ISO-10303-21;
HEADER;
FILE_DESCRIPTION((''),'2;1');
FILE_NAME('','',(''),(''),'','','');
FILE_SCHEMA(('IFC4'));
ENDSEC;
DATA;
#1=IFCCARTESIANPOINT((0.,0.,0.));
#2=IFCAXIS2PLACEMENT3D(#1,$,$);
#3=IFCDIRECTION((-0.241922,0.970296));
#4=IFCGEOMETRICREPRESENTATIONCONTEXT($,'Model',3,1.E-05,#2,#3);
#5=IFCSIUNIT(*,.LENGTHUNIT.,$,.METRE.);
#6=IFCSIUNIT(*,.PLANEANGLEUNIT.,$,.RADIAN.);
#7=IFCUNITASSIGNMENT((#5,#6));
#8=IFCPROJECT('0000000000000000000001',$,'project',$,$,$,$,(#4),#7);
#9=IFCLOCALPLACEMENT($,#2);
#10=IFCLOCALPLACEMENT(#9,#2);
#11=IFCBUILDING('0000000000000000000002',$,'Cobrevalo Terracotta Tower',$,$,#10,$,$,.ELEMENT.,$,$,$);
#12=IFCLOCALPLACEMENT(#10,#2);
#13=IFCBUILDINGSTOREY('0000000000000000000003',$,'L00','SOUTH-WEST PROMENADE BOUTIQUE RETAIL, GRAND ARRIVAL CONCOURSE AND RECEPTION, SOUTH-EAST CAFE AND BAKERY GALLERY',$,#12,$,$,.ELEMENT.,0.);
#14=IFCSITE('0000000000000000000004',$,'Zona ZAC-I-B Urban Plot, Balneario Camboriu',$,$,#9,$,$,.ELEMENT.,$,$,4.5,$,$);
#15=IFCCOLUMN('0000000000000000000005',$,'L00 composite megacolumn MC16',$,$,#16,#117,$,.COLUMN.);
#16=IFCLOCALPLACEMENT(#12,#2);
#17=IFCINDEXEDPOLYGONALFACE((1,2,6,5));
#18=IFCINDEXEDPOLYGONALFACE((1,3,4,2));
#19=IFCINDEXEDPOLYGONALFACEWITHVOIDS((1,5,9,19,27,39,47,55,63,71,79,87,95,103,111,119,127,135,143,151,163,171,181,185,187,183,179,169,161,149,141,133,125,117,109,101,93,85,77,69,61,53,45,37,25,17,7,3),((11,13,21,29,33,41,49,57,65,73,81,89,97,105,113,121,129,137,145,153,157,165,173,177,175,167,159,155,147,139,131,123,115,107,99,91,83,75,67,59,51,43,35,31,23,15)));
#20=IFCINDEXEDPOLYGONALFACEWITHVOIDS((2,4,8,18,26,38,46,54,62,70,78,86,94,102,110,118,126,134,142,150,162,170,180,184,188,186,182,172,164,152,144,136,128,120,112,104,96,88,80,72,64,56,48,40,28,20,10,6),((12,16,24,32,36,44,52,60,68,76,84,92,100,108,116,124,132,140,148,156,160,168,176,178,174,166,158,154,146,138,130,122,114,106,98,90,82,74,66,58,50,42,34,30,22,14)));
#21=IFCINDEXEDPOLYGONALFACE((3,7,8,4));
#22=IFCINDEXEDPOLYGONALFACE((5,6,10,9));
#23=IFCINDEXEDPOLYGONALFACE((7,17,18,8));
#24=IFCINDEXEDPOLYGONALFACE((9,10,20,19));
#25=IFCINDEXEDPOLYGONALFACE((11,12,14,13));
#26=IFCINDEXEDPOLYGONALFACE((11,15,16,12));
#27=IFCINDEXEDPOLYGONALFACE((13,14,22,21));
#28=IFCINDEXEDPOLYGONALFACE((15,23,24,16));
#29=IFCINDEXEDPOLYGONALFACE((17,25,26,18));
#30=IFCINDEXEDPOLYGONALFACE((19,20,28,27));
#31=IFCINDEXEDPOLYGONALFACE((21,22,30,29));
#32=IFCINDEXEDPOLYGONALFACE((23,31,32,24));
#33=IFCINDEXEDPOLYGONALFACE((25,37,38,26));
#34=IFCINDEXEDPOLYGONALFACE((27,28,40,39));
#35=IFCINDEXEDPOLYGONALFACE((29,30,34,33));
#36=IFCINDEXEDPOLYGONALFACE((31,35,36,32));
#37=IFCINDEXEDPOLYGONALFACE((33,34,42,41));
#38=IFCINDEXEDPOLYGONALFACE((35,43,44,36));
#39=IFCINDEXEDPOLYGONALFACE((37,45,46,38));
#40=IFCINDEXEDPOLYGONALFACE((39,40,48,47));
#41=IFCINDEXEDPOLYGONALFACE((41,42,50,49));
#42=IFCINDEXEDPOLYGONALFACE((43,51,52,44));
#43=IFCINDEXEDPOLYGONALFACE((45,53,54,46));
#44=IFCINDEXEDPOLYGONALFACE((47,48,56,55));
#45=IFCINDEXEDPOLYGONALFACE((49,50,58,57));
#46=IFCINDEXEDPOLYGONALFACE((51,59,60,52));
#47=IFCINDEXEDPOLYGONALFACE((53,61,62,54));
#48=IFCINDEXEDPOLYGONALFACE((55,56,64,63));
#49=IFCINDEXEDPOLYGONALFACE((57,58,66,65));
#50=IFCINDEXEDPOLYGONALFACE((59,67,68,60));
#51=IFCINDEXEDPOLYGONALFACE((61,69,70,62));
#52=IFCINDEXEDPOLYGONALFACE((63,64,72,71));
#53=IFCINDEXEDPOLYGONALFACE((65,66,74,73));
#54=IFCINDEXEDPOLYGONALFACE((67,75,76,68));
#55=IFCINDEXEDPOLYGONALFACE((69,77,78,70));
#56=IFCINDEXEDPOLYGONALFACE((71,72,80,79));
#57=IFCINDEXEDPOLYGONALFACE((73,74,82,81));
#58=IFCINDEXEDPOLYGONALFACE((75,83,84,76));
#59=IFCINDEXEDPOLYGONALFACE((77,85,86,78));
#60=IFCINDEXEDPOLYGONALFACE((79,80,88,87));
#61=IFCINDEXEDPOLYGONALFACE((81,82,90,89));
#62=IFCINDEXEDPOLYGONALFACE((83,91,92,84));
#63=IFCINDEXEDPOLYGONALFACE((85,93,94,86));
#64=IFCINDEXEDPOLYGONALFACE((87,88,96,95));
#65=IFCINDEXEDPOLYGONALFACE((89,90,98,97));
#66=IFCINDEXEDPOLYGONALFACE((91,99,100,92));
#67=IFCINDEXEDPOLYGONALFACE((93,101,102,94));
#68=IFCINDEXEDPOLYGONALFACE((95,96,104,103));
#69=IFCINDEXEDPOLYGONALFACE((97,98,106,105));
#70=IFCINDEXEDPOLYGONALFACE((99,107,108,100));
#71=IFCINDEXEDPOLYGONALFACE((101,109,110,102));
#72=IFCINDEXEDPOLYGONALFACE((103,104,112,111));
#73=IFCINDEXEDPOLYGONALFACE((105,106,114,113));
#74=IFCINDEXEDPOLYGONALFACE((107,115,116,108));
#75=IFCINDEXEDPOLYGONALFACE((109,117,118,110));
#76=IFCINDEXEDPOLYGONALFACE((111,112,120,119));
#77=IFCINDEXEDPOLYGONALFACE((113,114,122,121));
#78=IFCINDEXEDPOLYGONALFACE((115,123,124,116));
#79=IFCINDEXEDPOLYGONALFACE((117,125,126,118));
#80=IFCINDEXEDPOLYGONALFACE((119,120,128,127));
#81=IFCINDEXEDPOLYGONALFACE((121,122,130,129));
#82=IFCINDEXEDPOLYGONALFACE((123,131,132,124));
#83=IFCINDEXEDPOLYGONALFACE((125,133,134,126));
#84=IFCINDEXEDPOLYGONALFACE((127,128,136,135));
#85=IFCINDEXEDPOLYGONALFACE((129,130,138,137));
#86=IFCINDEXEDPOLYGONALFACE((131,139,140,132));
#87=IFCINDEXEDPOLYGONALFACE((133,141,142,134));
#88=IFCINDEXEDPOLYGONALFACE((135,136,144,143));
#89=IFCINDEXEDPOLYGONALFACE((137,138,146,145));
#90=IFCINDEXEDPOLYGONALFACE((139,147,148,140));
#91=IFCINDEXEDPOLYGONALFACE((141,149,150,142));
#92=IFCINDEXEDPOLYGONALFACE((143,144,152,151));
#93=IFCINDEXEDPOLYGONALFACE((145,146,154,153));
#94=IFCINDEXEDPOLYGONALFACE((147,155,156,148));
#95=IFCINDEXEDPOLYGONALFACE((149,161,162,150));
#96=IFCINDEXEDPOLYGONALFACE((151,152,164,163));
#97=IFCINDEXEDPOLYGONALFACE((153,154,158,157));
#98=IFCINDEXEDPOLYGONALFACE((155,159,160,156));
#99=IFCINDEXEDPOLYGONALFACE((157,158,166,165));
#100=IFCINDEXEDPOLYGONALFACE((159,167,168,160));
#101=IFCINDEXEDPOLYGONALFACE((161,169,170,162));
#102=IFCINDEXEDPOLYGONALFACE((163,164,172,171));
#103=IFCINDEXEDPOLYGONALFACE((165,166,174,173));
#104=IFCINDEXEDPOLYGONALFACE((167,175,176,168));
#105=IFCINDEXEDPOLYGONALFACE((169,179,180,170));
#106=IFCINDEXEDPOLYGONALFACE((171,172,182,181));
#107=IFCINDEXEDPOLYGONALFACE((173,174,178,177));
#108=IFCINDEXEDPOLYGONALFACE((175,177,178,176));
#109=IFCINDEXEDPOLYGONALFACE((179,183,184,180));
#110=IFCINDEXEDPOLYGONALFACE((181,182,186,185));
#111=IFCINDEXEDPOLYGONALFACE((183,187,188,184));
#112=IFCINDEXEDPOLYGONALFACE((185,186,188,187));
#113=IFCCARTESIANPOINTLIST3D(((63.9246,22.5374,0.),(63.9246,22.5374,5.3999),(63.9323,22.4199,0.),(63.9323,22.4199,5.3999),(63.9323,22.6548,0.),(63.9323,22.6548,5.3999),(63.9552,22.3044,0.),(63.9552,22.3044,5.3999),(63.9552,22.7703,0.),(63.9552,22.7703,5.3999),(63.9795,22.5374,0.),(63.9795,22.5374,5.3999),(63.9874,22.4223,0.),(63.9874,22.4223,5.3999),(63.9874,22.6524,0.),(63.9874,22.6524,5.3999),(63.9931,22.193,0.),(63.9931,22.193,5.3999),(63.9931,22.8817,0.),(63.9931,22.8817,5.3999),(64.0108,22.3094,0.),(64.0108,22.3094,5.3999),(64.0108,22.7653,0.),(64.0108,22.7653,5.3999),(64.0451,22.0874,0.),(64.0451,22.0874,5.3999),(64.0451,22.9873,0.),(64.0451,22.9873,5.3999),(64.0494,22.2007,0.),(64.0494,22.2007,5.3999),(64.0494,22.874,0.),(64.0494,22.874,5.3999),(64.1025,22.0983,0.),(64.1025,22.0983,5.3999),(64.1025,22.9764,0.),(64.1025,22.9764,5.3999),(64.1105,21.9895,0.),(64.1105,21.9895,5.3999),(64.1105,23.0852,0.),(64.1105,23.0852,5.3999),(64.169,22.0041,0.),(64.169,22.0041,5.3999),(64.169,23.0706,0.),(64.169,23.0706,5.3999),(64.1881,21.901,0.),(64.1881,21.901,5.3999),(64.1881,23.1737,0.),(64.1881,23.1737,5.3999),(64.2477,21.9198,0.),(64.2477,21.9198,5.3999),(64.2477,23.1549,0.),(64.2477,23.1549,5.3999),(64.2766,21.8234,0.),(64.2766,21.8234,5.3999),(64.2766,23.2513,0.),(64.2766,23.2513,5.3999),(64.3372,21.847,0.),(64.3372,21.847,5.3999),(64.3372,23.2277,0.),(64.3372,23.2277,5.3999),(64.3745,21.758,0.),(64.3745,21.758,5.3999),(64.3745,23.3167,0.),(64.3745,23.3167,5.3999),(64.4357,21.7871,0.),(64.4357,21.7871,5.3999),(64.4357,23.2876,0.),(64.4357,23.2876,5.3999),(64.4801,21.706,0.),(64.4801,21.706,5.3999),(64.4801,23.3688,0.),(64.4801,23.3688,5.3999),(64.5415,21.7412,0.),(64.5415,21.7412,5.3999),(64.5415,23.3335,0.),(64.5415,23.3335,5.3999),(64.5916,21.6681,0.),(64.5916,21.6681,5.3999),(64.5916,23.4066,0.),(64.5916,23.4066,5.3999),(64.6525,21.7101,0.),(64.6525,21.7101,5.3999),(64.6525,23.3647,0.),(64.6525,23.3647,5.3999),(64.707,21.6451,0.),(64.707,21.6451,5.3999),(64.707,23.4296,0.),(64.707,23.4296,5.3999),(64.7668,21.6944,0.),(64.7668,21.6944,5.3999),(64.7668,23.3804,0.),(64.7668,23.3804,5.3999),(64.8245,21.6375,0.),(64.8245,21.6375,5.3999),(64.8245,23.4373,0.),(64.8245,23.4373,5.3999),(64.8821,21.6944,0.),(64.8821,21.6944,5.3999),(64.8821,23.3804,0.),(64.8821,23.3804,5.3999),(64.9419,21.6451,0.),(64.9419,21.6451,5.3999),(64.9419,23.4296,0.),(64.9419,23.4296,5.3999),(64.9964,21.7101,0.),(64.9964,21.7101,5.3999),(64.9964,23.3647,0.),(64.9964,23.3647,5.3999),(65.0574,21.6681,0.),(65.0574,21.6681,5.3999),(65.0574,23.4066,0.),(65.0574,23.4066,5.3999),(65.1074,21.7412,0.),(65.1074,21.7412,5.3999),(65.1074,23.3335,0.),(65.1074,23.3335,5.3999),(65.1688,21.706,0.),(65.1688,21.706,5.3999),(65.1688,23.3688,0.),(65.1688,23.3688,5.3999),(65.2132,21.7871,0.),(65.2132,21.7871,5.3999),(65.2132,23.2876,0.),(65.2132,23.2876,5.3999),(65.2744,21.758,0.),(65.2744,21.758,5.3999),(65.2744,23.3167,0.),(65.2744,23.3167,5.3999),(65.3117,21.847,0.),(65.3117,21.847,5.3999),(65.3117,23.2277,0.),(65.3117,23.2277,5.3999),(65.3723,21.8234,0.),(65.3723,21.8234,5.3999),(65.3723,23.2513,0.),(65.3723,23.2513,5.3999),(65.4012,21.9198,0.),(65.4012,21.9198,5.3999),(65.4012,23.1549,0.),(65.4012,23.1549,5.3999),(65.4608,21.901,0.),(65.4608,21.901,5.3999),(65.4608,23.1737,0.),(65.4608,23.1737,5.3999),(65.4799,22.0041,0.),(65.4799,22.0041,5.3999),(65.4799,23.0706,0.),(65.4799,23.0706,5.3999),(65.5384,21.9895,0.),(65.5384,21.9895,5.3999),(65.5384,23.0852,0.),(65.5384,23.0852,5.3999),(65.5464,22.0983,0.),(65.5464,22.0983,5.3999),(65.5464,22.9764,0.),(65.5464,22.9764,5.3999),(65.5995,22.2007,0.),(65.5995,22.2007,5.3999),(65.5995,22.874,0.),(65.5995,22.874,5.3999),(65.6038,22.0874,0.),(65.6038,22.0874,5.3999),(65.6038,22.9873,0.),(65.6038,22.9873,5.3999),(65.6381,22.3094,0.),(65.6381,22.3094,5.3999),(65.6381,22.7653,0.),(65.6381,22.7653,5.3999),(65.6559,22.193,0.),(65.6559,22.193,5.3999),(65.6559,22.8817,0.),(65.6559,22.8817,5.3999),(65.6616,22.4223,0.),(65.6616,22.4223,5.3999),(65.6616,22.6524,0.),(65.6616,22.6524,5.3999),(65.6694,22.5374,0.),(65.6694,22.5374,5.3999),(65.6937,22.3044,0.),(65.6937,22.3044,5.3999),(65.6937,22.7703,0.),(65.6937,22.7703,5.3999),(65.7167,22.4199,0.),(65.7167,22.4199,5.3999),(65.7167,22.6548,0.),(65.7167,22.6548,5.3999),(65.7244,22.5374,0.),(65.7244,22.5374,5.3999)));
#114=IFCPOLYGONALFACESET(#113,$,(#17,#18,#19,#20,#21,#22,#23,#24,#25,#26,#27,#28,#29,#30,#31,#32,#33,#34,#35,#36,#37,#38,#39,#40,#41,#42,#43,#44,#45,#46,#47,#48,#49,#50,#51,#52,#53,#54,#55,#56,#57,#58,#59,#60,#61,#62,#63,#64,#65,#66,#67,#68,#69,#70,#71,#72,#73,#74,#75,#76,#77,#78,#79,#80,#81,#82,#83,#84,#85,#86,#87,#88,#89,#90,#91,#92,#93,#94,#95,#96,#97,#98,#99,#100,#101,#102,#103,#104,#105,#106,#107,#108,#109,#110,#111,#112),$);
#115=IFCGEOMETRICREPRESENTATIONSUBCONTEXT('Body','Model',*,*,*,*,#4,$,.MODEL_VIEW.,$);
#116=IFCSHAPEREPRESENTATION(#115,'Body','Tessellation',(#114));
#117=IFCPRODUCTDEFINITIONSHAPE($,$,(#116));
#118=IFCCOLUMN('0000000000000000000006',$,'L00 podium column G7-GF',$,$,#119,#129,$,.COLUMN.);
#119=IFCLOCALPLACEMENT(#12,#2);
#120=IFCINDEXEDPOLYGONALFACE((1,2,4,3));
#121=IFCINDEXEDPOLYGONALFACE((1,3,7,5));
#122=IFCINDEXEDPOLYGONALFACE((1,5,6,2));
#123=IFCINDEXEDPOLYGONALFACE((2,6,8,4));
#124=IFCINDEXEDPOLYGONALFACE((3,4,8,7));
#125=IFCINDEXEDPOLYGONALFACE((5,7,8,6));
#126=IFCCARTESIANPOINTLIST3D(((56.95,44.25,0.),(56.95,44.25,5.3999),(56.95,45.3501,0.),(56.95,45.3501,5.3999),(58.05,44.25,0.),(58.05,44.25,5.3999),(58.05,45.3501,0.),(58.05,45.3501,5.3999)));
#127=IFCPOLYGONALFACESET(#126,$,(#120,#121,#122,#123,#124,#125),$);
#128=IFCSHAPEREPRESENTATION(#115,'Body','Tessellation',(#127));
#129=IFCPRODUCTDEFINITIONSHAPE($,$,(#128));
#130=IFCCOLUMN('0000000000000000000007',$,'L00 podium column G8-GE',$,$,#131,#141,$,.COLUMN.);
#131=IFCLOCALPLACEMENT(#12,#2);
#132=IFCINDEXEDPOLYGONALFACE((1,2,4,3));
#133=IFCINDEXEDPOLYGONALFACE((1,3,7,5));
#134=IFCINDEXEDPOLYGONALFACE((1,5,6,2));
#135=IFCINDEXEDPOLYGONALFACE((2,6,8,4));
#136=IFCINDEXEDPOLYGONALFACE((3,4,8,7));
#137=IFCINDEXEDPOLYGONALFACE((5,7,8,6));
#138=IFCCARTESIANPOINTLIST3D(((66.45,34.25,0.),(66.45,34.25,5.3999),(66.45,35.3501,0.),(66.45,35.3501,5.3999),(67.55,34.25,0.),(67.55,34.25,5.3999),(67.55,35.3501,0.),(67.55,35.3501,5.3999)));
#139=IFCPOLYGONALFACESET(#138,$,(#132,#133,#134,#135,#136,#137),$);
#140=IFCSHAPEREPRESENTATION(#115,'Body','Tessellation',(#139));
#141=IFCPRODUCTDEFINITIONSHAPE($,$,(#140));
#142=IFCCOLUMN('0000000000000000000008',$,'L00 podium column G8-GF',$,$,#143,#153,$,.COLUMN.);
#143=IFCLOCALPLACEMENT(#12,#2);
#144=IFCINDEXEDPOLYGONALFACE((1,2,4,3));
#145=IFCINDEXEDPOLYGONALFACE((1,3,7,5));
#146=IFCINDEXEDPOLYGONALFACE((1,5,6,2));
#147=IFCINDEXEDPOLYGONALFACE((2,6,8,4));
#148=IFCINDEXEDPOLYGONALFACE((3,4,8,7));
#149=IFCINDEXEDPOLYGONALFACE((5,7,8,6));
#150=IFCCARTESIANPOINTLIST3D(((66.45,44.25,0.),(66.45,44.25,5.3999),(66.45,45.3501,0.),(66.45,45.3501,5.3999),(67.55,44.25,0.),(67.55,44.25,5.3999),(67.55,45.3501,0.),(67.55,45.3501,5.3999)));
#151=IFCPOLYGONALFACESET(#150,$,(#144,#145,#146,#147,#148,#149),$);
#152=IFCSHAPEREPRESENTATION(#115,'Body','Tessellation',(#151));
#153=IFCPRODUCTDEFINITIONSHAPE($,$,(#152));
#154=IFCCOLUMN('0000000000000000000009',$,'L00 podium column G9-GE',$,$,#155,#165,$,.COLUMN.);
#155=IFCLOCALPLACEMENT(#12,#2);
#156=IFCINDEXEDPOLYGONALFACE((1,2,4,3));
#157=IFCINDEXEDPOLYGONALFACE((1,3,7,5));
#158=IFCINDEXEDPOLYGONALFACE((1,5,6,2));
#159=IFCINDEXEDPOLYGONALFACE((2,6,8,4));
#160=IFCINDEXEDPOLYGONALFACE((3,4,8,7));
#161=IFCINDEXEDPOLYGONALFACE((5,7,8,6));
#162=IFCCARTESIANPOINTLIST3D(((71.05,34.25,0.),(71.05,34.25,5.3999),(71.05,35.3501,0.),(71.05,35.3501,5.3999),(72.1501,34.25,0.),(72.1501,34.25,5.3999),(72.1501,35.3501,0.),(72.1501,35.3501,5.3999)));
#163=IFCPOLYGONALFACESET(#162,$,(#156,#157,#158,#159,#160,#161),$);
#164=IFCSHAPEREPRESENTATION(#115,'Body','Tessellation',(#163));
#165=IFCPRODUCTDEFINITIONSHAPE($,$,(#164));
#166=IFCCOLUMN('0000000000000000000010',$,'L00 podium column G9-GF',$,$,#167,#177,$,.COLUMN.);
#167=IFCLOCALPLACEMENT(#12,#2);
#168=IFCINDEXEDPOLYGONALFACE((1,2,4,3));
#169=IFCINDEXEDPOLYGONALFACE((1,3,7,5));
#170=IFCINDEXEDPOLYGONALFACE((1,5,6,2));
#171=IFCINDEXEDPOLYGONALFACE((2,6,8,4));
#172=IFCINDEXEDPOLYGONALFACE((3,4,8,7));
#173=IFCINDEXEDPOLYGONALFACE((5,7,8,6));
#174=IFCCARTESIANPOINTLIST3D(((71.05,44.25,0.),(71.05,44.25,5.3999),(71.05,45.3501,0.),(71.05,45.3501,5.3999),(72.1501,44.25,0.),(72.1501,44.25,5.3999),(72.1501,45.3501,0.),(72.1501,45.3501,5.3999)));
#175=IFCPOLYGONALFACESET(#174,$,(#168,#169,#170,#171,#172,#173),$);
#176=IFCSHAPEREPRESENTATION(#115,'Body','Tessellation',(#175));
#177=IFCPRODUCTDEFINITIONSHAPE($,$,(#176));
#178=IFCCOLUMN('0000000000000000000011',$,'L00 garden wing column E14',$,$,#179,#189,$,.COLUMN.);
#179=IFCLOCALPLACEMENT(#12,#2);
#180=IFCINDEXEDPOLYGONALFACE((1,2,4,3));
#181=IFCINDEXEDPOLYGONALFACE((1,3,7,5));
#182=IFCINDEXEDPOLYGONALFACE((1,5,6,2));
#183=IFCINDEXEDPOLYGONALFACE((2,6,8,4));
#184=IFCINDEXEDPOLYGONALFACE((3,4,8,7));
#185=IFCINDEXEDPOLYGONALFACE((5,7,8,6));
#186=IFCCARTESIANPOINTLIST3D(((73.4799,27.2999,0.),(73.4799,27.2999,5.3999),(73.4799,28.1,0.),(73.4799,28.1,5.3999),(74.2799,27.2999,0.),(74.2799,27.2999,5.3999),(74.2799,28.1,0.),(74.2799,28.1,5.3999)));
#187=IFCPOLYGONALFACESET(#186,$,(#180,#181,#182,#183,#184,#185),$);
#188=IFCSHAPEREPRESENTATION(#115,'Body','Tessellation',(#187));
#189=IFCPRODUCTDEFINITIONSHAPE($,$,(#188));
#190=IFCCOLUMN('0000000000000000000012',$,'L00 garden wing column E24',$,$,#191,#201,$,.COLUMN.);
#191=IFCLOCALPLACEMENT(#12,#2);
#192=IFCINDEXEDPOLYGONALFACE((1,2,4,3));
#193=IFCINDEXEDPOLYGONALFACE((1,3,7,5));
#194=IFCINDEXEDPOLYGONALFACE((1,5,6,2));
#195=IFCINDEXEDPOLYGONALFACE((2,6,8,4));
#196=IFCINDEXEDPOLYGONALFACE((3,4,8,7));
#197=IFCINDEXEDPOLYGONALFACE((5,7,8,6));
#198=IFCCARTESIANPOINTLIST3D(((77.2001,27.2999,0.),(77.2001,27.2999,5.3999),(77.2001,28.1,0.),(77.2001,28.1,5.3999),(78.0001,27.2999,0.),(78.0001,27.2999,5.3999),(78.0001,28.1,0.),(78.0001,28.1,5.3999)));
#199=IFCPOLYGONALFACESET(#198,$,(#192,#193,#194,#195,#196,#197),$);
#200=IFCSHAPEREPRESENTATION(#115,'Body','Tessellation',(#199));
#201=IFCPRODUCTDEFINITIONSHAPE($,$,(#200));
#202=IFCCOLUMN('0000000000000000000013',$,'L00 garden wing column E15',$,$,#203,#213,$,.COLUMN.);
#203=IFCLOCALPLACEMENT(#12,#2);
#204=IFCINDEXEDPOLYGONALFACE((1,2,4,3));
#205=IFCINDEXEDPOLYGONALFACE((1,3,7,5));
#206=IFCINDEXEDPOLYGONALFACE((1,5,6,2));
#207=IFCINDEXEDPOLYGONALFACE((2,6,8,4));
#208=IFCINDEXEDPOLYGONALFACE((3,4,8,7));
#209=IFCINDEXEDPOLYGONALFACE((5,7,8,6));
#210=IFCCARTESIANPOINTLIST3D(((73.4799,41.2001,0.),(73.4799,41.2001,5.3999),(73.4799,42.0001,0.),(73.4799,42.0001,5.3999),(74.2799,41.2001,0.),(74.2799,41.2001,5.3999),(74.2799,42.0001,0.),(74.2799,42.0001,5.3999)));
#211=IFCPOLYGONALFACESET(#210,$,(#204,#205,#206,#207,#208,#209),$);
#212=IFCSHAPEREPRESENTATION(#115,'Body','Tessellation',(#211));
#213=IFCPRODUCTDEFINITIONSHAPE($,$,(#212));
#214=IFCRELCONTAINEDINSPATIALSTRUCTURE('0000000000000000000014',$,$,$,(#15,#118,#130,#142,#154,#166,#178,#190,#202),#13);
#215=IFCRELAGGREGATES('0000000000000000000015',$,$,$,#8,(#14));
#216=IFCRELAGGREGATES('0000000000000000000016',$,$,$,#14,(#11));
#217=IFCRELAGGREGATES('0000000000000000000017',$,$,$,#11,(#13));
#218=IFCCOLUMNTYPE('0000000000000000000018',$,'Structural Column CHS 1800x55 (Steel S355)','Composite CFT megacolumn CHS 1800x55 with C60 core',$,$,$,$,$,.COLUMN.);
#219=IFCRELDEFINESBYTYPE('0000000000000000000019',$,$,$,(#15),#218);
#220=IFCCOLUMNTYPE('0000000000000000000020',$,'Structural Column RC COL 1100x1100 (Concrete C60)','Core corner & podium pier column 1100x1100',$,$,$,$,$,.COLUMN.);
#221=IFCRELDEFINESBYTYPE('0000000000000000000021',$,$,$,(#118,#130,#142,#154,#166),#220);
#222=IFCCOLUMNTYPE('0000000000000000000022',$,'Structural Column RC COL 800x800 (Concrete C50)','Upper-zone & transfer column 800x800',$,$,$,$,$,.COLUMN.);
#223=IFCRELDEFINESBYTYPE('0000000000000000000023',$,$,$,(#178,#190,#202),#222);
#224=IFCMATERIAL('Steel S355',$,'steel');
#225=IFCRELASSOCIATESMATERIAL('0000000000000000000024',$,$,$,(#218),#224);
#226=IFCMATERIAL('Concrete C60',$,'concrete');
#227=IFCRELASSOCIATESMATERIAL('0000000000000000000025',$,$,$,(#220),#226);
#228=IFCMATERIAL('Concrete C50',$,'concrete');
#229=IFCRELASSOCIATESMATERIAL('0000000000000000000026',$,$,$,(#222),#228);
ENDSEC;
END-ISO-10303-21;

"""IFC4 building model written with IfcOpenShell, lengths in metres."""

from ifc_helpers import new_model, si_unit, direction, frame, origin, origin_2d, place, context, subcontext, project, spatial, rectangle, hollow_circle, extrude, material, material_profile, profile_set, type_object, element, save


model = new_model("IFC4")

# Units and contexts
model_context = context("Model", 3, precision=1e-05, world=origin(), true_north=direction((-0.241922, 0.970296)))
body_context = subcontext(model_context, "Body", "Model", "MODEL_VIEW")
ifc_project = project(units=[si_unit("LENGTHUNIT", "METRE"), si_unit("PLANEANGLEUNIT", "RADIAN")], contexts=[model_context])

# Site, building, storey
site_placement = place(None, origin())
site = spatial("IfcSite", under=ifc_project, at=site_placement, Name="Zona ZAC-I-B Urban Plot, Balneario Camboriu", CompositionType="ELEMENT", RefElevation=4.5)
building_placement = place(site_placement, origin())
building = spatial("IfcBuilding", under=site, at=building_placement, Name="Cobrevalo Terracotta Tower", CompositionType="ELEMENT")
storey_placement = place(building_placement, origin())
storey = spatial("IfcBuildingStorey", under=building, at=storey_placement, Name="L00", Description="SOUTH-WEST PROMENADE BOUTIQUE RETAIL, GRAND ARRIVAL CONCOURSE AND RECEPTION, SOUTH-EAST CAFE AND BAKERY GALLERY", CompositionType="ELEMENT", Elevation=0.0)

# Columns
ifc_material_1 = material(Name="Steel S355", Category="steel")
ifc_material_profile_1 = material_profile(ifc_material_1, hollow_circle(Radius=0.8999, WallThickness=0.0549, at=origin_2d()), Name="CHS 1800x55")
ifc_profile_set_1 = profile_set([ifc_material_profile_1], Name="Steel S355")
column_type_1 = type_object("IfcColumnType", Name="Structural Column CHS 1800x55 (Steel S355)", Description="Composite CFT megacolumn CHS 1800x55 with C60 core", PredefinedType="COLUMN", material=ifc_profile_set_1)
for number, where, z_axis, x_axis, name in (
    (1, (64.8245, 22.5374, 0.0), (0.0, 0.0, 1.0), (1.0, 0.0, 0.0), "L00 composite megacolumn MC16"),
):
    element("IfcColumn", number, at=place(storey_placement, frame(where, z_axis=z_axis, x_axis=x_axis)), inside=storey, type_object=column_type_1, Name=name, PredefinedType="COLUMN", context=body_context, shape_type="SweptSolid", body=[
        extrude(hollow_circle(Radius=0.8999, WallThickness=0.0549, at=origin_2d()), origin(), (0.0, 0.0, 1.0), 5.3999),
    ])
ifc_material_2 = material(Name="Concrete C60", Category="concrete")
ifc_material_profile_2 = material_profile(ifc_material_2, rectangle(XDim=1.1001, YDim=1.1001, at=origin_2d()), Name="RC COL 1100x1100")
ifc_profile_set_2 = profile_set([ifc_material_profile_2], Name="Concrete C60")
column_type_2 = type_object("IfcColumnType", Name="Structural Column RC COL 1100x1100 (Concrete C60)", Description="Core corner & podium pier column 1100x1100", PredefinedType="COLUMN", material=ifc_profile_set_2)
for number, where, z_axis, x_axis, name in (
    (2, (57.5, 44.8, 0.0), (0.0, 0.0, 1.0), (1.0, 0.0, 0.0), "L00 podium column G7-GF"),
    (3, (67.0, 34.8, 0.0), (0.0, 0.0, 1.0), (1.0, 0.0, 0.0), "L00 podium column G8-GE"),
    (4, (67.0, 44.8, 0.0), (0.0, 0.0, 1.0), (1.0, 0.0, 0.0), "L00 podium column G8-GF"),
    (5, (71.6001, 34.8, 0.0), (0.0, 0.0, 1.0), (1.0, 0.0, 0.0), "L00 podium column G9-GE"),
    (6, (71.6001, 44.8, 0.0), (0.0, 0.0, 1.0), (1.0, 0.0, 0.0), "L00 podium column G9-GF"),
):
    element("IfcColumn", number, at=place(storey_placement, frame(where, z_axis=z_axis, x_axis=x_axis)), inside=storey, type_object=column_type_2, Name=name, PredefinedType="COLUMN", context=body_context, shape_type="SweptSolid", body=[
        extrude(rectangle(XDim=1.1001, YDim=1.1001, at=origin_2d()), origin(), (0.0, 0.0, 1.0), 5.3999),
    ])
ifc_material_3 = material(Name="Concrete C50", Category="concrete")
ifc_material_profile_3 = material_profile(ifc_material_3, rectangle(XDim=0.8, YDim=0.8, at=origin_2d()), Name="RC COL 800x800")
ifc_profile_set_3 = profile_set([ifc_material_profile_3], Name="Concrete C50")
column_type_3 = type_object("IfcColumnType", Name="Structural Column RC COL 800x800 (Concrete C50)", Description="Upper-zone & transfer column 800x800", PredefinedType="COLUMN", material=ifc_profile_set_3)
for number, where, z_axis, x_axis, name in (
    (7, (73.8799, 27.7, 0.0), (0.0, 0.0, 1.0), (1.0, 0.0, 0.0), "L00 garden wing column E14"),
    (8, (77.6001, 27.7, 0.0), (0.0, 0.0, 1.0), (1.0, 0.0, 0.0), "L00 garden wing column E24"),
    (9, (73.8799, 41.6001, 0.0), (0.0, 0.0, 1.0), (1.0, 0.0, 0.0), "L00 garden wing column E15"),
):
    element("IfcColumn", number, at=place(storey_placement, frame(where, z_axis=z_axis, x_axis=x_axis)), inside=storey, type_object=column_type_3, Name=name, PredefinedType="COLUMN", context=body_context, shape_type="SweptSolid", body=[
        extrude(rectangle(XDim=0.8, YDim=0.8, at=origin_2d()), origin(), (0.0, 0.0, 1.0), 5.3999),
    ])

save(model, "model.ifc")
